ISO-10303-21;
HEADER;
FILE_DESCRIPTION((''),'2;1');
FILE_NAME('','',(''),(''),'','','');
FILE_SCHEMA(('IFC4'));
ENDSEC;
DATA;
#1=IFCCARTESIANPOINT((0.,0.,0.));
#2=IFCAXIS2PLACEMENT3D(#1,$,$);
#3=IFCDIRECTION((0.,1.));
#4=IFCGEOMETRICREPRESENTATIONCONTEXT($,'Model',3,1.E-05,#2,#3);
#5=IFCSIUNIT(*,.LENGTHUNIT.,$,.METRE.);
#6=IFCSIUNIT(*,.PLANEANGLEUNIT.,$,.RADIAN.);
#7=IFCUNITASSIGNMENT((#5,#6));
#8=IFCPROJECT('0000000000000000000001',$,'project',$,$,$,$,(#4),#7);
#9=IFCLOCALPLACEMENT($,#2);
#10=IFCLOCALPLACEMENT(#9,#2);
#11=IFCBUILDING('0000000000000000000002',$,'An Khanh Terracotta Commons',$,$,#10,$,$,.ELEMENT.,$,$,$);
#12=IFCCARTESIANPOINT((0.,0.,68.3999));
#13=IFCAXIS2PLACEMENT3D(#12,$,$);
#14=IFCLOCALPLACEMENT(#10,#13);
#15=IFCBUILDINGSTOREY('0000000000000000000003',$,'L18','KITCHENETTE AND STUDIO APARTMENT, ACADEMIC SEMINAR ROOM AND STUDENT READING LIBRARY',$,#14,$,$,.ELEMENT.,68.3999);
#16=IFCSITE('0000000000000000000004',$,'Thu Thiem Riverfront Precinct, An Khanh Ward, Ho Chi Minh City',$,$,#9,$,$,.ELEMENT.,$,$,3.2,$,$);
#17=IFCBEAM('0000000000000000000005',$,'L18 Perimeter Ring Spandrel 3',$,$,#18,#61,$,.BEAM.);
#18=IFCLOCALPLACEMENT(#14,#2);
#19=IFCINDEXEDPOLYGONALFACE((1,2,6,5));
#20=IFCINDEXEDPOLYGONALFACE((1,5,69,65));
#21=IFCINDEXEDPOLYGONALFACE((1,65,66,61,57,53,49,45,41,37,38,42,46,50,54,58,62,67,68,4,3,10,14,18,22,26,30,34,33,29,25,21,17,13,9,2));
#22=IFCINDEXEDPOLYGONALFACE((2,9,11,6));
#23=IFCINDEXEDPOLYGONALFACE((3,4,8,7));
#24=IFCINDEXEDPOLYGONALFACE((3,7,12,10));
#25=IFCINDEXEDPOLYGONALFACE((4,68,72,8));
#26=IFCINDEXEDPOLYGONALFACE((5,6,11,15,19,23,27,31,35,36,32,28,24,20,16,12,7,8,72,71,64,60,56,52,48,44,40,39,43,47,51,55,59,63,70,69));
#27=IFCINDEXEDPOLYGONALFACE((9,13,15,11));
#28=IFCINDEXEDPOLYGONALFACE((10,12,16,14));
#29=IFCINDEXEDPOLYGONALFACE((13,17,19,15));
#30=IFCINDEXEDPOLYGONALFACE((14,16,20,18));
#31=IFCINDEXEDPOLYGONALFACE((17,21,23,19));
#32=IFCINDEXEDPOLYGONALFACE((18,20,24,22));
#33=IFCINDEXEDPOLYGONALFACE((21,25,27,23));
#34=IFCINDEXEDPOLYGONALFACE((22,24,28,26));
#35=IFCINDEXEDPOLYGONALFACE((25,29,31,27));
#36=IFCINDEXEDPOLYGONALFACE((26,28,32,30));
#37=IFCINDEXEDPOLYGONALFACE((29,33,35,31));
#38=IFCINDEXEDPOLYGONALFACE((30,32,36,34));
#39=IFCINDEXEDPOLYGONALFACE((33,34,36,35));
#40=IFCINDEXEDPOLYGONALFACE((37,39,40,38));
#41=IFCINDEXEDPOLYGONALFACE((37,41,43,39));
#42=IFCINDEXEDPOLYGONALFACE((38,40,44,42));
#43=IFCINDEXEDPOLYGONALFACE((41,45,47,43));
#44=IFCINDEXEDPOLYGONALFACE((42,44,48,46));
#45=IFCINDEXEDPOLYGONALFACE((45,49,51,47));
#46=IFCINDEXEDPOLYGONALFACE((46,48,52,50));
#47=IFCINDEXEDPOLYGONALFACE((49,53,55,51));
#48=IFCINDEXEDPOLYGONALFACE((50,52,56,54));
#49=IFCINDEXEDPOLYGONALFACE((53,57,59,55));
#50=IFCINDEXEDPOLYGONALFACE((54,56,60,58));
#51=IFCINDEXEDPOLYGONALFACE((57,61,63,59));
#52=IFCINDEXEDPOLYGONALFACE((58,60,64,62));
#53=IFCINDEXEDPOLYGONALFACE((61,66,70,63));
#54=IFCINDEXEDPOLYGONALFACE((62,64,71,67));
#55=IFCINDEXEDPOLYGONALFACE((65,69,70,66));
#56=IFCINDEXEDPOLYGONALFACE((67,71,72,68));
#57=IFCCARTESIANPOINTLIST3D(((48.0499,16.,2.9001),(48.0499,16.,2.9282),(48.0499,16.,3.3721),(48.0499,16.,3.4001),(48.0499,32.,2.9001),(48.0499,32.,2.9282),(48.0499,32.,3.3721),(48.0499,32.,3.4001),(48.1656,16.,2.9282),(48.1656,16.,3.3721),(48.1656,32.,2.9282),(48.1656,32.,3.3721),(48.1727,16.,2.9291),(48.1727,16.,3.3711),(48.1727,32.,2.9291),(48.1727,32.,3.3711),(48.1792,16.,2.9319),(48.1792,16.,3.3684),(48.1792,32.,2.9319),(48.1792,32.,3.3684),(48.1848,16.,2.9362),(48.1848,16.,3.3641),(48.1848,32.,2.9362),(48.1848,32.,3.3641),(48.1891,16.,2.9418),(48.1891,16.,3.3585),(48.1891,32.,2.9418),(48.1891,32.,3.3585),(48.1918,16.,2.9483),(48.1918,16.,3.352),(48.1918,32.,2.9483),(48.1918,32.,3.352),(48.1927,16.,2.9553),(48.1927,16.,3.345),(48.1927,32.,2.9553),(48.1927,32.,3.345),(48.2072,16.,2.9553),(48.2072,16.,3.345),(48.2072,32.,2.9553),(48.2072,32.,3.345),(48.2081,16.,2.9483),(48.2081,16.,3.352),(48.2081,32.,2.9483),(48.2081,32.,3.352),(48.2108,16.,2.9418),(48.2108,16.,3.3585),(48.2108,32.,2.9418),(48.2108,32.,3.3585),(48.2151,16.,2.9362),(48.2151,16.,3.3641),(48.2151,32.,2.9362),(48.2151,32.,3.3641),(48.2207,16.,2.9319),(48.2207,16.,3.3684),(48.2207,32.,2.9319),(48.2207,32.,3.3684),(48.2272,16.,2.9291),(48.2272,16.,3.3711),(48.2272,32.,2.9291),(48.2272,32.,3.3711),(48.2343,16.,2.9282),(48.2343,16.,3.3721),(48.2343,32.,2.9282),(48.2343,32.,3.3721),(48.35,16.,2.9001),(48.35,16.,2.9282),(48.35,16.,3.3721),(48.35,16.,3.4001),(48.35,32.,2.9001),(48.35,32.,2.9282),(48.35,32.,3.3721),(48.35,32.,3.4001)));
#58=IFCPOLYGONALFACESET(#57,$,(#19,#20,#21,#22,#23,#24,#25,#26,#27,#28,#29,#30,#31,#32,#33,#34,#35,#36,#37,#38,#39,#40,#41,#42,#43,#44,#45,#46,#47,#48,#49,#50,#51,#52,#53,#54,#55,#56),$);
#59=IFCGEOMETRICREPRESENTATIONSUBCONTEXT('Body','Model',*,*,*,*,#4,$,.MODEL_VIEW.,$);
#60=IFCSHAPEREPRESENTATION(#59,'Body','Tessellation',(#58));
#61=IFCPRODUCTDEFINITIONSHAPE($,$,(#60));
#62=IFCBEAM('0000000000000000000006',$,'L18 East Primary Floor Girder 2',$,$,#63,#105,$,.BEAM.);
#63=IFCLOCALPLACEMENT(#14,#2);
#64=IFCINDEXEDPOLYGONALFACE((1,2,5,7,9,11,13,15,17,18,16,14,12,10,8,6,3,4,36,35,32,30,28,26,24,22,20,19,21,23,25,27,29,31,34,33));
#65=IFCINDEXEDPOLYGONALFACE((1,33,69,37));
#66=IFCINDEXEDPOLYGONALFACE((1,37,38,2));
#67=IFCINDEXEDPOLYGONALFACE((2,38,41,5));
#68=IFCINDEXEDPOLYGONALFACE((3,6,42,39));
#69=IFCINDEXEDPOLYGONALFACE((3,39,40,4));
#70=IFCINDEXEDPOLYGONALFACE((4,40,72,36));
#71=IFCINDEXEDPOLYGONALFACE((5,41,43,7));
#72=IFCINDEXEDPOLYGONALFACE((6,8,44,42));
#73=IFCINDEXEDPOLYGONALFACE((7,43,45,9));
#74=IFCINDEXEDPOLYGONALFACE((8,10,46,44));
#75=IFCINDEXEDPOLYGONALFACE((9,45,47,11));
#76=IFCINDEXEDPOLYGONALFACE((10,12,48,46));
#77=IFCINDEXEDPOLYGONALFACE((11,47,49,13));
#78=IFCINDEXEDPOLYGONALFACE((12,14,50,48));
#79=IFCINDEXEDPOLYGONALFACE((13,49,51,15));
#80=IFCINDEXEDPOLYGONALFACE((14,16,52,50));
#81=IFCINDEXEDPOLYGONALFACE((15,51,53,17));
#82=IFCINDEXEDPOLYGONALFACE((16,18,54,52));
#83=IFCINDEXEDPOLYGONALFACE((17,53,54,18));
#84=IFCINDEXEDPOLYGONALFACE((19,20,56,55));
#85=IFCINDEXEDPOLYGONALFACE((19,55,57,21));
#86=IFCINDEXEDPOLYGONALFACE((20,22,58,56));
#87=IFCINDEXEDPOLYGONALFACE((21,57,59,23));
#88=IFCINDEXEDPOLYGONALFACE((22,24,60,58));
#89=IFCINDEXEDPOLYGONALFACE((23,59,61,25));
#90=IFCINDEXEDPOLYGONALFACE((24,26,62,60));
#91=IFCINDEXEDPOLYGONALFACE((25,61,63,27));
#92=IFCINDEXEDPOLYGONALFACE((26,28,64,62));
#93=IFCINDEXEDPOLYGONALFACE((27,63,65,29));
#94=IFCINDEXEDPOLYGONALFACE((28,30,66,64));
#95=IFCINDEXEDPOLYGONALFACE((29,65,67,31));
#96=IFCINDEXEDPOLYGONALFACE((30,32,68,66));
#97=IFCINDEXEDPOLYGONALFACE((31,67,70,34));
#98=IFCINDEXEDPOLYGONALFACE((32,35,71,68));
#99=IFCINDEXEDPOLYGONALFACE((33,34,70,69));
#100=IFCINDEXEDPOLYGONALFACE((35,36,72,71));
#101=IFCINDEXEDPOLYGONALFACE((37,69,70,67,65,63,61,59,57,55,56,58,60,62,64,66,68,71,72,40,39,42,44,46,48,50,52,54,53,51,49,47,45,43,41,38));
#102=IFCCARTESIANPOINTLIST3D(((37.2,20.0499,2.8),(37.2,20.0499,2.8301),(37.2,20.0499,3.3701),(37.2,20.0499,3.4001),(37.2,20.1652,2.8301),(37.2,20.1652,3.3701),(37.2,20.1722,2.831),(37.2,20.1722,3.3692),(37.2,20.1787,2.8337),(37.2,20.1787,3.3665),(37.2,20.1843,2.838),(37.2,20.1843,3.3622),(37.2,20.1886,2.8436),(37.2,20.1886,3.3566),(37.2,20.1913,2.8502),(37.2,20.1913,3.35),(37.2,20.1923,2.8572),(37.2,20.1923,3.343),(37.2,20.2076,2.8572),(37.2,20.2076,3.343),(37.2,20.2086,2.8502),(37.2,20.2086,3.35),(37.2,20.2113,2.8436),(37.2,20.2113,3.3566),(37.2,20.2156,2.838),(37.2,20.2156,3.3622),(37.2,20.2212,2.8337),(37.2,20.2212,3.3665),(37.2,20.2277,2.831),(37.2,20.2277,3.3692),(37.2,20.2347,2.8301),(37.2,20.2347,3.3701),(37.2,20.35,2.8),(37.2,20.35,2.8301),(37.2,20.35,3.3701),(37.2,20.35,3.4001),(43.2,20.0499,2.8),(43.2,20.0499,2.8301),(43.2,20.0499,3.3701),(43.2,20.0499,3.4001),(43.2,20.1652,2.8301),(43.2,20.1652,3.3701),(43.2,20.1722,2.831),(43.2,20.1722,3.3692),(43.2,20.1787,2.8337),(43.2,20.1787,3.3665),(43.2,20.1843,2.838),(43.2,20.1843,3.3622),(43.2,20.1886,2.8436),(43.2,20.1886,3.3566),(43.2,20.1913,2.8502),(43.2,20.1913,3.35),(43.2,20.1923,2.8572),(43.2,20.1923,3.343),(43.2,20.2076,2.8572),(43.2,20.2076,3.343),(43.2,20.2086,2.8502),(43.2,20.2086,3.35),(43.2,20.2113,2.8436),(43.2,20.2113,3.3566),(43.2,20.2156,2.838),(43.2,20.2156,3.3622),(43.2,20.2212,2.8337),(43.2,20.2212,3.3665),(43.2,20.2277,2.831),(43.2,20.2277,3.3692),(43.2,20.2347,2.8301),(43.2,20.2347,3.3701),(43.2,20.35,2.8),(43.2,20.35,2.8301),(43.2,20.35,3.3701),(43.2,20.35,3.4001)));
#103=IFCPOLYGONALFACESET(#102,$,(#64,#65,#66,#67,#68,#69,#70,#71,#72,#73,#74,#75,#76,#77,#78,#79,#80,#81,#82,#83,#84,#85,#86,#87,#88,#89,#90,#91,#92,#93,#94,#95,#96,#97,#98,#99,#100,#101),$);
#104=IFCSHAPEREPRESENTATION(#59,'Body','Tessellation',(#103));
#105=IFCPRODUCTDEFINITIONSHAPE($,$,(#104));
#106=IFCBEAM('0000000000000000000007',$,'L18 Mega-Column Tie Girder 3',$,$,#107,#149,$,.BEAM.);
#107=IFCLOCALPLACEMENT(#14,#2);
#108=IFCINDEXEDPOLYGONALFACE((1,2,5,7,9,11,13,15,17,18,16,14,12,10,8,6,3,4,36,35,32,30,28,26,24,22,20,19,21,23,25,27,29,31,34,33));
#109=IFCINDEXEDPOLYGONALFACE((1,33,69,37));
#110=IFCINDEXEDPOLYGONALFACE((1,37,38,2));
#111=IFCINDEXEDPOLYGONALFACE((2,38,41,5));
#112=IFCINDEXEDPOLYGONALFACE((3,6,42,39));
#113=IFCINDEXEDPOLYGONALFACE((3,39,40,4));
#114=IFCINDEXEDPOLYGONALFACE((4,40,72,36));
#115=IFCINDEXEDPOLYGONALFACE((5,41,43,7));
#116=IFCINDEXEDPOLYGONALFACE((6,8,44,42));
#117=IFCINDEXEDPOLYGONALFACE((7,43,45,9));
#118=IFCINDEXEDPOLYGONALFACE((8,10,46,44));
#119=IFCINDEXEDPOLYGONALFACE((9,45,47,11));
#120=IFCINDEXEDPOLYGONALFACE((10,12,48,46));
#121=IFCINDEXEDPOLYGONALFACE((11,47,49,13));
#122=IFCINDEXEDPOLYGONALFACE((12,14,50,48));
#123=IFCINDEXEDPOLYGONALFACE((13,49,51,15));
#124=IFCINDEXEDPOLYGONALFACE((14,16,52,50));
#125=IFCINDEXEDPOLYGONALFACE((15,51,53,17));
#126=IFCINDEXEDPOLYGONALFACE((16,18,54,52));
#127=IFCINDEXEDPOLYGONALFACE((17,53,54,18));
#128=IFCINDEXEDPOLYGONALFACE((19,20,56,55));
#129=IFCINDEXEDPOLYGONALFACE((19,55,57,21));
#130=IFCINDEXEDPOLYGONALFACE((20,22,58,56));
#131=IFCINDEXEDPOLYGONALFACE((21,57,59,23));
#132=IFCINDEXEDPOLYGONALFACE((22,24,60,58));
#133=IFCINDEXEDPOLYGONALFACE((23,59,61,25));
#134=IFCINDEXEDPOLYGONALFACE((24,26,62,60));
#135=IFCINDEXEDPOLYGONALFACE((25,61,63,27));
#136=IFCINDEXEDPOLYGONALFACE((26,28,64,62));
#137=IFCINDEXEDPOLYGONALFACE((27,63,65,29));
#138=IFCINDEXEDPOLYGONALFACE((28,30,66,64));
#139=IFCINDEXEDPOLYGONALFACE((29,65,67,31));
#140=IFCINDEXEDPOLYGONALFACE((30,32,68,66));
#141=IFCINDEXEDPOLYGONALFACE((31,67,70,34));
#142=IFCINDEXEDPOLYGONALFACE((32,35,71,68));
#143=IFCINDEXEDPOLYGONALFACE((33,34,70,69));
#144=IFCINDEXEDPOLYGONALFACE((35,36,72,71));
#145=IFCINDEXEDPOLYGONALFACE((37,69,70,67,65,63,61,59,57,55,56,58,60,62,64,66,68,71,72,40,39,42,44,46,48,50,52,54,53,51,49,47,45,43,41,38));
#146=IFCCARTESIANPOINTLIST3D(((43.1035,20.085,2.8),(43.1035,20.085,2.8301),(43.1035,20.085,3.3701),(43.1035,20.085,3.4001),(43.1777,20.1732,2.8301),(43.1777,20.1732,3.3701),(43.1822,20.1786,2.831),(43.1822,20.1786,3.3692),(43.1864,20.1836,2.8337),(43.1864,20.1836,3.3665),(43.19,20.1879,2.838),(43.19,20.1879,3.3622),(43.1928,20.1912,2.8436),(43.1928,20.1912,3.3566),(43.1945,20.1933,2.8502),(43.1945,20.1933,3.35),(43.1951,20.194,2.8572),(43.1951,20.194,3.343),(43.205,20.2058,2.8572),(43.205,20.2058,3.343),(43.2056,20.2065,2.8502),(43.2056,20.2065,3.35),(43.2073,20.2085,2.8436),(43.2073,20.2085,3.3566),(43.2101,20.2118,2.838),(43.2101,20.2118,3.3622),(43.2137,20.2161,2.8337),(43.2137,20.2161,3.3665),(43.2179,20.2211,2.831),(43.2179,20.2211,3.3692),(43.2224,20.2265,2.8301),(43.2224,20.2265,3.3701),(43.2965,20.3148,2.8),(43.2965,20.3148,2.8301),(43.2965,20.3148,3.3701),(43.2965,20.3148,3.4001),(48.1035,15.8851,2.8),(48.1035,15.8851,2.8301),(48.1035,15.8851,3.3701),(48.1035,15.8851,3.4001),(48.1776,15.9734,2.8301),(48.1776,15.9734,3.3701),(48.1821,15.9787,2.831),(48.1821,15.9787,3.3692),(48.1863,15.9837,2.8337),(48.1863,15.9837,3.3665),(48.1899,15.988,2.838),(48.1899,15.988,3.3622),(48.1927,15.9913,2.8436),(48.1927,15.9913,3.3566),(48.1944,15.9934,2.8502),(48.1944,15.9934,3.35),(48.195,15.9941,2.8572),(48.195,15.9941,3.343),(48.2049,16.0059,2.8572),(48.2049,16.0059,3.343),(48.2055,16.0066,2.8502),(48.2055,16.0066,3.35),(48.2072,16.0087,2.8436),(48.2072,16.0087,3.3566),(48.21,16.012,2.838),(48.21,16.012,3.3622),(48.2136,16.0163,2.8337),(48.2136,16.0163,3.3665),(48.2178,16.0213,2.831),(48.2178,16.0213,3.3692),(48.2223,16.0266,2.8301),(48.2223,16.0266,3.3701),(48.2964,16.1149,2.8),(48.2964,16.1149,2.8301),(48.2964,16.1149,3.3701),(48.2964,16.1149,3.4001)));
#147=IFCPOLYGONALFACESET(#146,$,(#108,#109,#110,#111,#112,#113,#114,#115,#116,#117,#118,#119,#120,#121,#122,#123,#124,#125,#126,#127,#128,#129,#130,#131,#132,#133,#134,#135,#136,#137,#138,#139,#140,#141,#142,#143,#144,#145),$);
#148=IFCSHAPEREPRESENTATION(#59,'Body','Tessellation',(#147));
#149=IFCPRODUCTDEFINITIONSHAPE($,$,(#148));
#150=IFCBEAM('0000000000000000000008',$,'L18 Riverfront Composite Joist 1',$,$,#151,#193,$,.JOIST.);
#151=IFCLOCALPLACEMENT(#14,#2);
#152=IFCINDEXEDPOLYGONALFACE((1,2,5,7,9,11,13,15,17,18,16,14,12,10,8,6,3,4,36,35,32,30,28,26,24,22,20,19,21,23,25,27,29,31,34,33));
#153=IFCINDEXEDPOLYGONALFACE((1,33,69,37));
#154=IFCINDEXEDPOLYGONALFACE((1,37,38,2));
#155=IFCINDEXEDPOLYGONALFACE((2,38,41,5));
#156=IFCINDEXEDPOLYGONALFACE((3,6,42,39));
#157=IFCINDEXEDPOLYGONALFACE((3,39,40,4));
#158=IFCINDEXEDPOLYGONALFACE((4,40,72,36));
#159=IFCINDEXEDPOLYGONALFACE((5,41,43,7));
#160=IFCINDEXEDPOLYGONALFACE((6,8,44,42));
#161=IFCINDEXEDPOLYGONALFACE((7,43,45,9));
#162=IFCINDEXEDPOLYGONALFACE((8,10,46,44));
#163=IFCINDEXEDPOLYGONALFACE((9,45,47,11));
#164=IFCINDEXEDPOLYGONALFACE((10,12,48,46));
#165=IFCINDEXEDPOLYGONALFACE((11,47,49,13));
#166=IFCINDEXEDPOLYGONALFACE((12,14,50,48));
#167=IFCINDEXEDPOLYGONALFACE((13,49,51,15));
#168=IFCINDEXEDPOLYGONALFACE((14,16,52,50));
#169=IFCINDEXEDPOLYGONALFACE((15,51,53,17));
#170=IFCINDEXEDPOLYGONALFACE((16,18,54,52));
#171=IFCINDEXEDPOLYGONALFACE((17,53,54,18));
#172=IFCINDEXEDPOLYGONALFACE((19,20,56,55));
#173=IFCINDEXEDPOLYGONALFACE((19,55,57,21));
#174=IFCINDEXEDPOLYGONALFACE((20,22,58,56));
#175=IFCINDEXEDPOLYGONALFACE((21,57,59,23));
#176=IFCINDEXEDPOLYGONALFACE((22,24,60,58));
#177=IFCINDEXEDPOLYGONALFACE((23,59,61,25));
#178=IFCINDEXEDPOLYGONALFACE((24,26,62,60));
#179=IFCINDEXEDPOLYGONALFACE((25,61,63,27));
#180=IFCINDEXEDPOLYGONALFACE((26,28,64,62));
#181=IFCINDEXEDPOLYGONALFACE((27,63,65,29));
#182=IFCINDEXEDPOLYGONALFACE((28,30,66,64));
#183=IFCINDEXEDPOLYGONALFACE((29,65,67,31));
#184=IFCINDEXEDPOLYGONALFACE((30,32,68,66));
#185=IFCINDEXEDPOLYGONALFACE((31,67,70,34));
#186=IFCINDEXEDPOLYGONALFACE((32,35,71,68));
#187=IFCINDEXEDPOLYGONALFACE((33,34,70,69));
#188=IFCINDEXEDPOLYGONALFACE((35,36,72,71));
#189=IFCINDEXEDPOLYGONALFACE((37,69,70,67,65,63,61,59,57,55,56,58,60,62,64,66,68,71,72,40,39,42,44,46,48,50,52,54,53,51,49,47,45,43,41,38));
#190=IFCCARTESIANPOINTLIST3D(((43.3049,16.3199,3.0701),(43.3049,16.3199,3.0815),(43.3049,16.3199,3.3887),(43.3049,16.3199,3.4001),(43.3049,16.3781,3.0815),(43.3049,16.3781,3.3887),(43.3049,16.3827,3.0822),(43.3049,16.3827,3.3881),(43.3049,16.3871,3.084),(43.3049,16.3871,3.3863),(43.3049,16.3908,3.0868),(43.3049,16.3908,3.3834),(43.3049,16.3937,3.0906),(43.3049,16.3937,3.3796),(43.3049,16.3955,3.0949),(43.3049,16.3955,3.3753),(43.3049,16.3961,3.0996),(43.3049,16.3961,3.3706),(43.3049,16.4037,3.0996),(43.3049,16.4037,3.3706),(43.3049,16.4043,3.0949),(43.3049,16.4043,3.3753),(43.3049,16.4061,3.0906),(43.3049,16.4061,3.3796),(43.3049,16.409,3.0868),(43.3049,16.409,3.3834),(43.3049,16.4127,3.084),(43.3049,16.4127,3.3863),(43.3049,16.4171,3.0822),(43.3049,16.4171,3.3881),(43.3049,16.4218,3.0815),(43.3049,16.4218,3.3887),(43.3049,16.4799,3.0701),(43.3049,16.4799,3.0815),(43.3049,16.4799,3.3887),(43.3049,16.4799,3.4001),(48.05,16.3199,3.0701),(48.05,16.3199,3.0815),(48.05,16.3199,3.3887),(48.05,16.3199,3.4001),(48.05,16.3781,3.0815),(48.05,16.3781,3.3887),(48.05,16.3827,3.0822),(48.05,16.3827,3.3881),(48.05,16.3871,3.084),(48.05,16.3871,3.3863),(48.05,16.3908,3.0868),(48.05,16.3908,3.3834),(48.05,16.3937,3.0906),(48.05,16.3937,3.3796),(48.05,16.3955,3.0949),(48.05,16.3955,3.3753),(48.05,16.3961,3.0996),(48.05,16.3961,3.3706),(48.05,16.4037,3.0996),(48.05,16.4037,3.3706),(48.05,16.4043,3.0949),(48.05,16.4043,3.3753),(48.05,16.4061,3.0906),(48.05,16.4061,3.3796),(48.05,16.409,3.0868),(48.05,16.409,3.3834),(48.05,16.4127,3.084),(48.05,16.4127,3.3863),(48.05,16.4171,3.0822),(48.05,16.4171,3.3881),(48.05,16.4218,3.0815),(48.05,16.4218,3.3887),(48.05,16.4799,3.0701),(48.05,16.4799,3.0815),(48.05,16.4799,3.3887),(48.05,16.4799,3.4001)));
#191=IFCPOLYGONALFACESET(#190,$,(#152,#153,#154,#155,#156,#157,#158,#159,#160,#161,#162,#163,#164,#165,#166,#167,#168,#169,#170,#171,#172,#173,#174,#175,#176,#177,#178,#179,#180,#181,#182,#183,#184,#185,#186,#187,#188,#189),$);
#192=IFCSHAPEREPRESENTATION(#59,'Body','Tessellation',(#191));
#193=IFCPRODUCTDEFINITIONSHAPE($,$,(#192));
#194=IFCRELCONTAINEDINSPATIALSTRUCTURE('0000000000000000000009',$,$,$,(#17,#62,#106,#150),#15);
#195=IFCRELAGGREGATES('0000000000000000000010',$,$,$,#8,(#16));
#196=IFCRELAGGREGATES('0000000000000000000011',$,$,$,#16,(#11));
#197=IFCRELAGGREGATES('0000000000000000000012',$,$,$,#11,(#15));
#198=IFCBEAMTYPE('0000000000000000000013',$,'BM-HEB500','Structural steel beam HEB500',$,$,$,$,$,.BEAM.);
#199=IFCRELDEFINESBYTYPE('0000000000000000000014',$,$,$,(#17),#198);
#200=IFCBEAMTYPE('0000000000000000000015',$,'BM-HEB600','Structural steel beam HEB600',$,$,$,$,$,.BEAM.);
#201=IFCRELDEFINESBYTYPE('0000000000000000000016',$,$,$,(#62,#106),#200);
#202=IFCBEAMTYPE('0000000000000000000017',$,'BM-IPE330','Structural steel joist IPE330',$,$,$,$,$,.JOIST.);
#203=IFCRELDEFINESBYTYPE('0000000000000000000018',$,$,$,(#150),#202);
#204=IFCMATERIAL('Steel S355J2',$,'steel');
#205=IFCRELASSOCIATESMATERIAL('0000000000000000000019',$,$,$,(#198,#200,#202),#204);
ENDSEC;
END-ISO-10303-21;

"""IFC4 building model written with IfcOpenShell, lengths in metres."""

from ifc_helpers import new_model, si_unit, direction, frame, origin, origin_2d, place, context, subcontext, project, spatial, i_section, extrude, material, material_profile, profile_set, type_object, element, save


model = new_model("IFC4")

# Units and contexts
model_context = context("Model", 3, precision=1e-05, world=origin(), true_north=direction((0.0, 1.0)))
body_context = subcontext(model_context, "Body", "Model", "MODEL_VIEW")
ifc_project = project(units=[si_unit("LENGTHUNIT", "METRE"), si_unit("PLANEANGLEUNIT", "RADIAN")], contexts=[model_context])

# Site, building, storey
site_placement = place(None, origin())
site = spatial("IfcSite", under=ifc_project, at=site_placement, Name="Thu Thiem Riverfront Precinct, An Khanh Ward, Ho Chi Minh City", CompositionType="ELEMENT", RefElevation=3.2)
building_placement = place(site_placement, origin())
building = spatial("IfcBuilding", under=site, at=building_placement, Name="An Khanh Terracotta Commons", CompositionType="ELEMENT")
storey_placement = place(building_placement, frame((0.0, 0.0, 68.3999)))
storey = spatial("IfcBuildingStorey", under=building, at=storey_placement, Name="L18", Description="KITCHENETTE AND STUDIO APARTMENT, ACADEMIC SEMINAR ROOM AND STUDENT READING LIBRARY", CompositionType="ELEMENT", Elevation=68.3999)

# Beams
ifc_material_1 = material(Name="Steel S355J2", Category="steel")
ifc_material_profile_1 = material_profile(ifc_material_1, i_section(OverallWidth=0.3, OverallDepth=0.5, WebThickness=0.0144, FlangeThickness=0.0281, FilletRadius=0.0271, at=origin_2d()), Name="HEB500")
ifc_profile_set_1 = profile_set([ifc_material_profile_1], Name="Steel S355J2")
beam_type_1 = type_object("IfcBeamType", Name="BM-HEB500", Description="Structural steel beam HEB500", PredefinedType="BEAM", material=ifc_profile_set_1)
beam_1_placement = place(storey_placement, frame((48.2, 16.0, 3.1501), z_axis=(0.0, 1.0, 0.0), x_axis=(-1.0, 0.0, 0.0)))
element("IfcBeam", 1, at=beam_1_placement, inside=storey, type_object=beam_type_1, Name="L18 Perimeter Ring Spandrel 3", PredefinedType="BEAM", context=body_context, shape_type="SweptSolid", body=[
    extrude(i_section(OverallWidth=0.3, OverallDepth=0.5, WebThickness=0.0144, FlangeThickness=0.0281, FilletRadius=0.0271, at=origin_2d()), origin(), (0.0, 0.0, 1.0), 16.0),
])
ifc_material_profile_2 = material_profile(ifc_material_1, i_section(OverallWidth=0.3, OverallDepth=0.6001, WebThickness=0.0154, FlangeThickness=0.03, FilletRadius=0.0271, at=origin_2d()), Name="HEB600")
ifc_profile_set_2 = profile_set([ifc_material_profile_2], Name="Steel S355J2")
beam_type_2 = type_object("IfcBeamType", Name="BM-HEB600", Description="Structural steel beam HEB600", PredefinedType="BEAM", material=ifc_profile_set_2)
beam_2_placement = place(storey_placement, frame((37.2, 20.2, 3.1001), z_axis=(1.0, 0.0, 0.0), x_axis=(0.0, 1.0, 0.0)))
element("IfcBeam", 2, at=beam_2_placement, inside=storey, type_object=beam_type_2, Name="L18 East Primary Floor Girder 2", PredefinedType="BEAM", context=body_context, shape_type="SweptSolid", body=[
    extrude(i_section(OverallWidth=0.3, OverallDepth=0.6001, WebThickness=0.0154, FlangeThickness=0.03, FilletRadius=0.0271, at=origin_2d()), origin(), (0.0, 0.0, 1.0), 6.0),
])
beam_3_placement = place(storey_placement, frame((48.2, 16.0, 3.1001), z_axis=(-0.765709, 0.643188, 0.0), x_axis=(-0.643188, -0.765709, 0.0)))
element("IfcBeam", 3, at=beam_3_placement, inside=storey, type_object=beam_type_2, Name="L18 Mega-Column Tie Girder 3", PredefinedType="BEAM", context=body_context, shape_type="SweptSolid", body=[
    extrude(i_section(OverallWidth=0.3, OverallDepth=0.6001, WebThickness=0.0154, FlangeThickness=0.03, FilletRadius=0.0271, at=origin_2d()), origin(), (0.0, 0.0, 1.0), 6.5298),
])
ifc_material_profile_3 = material_profile(ifc_material_1, i_section(OverallWidth=0.1599, OverallDepth=0.3301, WebThickness=0.0076, FlangeThickness=0.0115, FilletRadius=0.0181, at=origin_2d()), Name="IPE330")
ifc_profile_set_3 = profile_set([ifc_material_profile_3], Name="Steel S355J2")
beam_type_3 = type_object("IfcBeamType", Name="BM-IPE330", Description="Structural steel joist IPE330", PredefinedType="JOIST", material=ifc_profile_set_3)
for number, where, z_axis, x_axis, name in (
    (4, (43.3049, 16.3999, 3.2351), (1.0, 0.0, 0.0), (0.0, 1.0, 0.0), "L18 Riverfront Composite Joist 1"),
):
    element("IfcBeam", number, at=place(storey_placement, frame(where, z_axis=z_axis, x_axis=x_axis)), inside=storey, type_object=beam_type_3, Name=name, PredefinedType="JOIST", context=body_context, shape_type="SweptSolid", body=[
        extrude(i_section(OverallWidth=0.1599, OverallDepth=0.3301, WebThickness=0.0076, FlangeThickness=0.0115, FilletRadius=0.0181, at=origin_2d()), origin(), (0.0, 0.0, 1.0), 4.7451),
    ])

save(model, "model.ifc")
